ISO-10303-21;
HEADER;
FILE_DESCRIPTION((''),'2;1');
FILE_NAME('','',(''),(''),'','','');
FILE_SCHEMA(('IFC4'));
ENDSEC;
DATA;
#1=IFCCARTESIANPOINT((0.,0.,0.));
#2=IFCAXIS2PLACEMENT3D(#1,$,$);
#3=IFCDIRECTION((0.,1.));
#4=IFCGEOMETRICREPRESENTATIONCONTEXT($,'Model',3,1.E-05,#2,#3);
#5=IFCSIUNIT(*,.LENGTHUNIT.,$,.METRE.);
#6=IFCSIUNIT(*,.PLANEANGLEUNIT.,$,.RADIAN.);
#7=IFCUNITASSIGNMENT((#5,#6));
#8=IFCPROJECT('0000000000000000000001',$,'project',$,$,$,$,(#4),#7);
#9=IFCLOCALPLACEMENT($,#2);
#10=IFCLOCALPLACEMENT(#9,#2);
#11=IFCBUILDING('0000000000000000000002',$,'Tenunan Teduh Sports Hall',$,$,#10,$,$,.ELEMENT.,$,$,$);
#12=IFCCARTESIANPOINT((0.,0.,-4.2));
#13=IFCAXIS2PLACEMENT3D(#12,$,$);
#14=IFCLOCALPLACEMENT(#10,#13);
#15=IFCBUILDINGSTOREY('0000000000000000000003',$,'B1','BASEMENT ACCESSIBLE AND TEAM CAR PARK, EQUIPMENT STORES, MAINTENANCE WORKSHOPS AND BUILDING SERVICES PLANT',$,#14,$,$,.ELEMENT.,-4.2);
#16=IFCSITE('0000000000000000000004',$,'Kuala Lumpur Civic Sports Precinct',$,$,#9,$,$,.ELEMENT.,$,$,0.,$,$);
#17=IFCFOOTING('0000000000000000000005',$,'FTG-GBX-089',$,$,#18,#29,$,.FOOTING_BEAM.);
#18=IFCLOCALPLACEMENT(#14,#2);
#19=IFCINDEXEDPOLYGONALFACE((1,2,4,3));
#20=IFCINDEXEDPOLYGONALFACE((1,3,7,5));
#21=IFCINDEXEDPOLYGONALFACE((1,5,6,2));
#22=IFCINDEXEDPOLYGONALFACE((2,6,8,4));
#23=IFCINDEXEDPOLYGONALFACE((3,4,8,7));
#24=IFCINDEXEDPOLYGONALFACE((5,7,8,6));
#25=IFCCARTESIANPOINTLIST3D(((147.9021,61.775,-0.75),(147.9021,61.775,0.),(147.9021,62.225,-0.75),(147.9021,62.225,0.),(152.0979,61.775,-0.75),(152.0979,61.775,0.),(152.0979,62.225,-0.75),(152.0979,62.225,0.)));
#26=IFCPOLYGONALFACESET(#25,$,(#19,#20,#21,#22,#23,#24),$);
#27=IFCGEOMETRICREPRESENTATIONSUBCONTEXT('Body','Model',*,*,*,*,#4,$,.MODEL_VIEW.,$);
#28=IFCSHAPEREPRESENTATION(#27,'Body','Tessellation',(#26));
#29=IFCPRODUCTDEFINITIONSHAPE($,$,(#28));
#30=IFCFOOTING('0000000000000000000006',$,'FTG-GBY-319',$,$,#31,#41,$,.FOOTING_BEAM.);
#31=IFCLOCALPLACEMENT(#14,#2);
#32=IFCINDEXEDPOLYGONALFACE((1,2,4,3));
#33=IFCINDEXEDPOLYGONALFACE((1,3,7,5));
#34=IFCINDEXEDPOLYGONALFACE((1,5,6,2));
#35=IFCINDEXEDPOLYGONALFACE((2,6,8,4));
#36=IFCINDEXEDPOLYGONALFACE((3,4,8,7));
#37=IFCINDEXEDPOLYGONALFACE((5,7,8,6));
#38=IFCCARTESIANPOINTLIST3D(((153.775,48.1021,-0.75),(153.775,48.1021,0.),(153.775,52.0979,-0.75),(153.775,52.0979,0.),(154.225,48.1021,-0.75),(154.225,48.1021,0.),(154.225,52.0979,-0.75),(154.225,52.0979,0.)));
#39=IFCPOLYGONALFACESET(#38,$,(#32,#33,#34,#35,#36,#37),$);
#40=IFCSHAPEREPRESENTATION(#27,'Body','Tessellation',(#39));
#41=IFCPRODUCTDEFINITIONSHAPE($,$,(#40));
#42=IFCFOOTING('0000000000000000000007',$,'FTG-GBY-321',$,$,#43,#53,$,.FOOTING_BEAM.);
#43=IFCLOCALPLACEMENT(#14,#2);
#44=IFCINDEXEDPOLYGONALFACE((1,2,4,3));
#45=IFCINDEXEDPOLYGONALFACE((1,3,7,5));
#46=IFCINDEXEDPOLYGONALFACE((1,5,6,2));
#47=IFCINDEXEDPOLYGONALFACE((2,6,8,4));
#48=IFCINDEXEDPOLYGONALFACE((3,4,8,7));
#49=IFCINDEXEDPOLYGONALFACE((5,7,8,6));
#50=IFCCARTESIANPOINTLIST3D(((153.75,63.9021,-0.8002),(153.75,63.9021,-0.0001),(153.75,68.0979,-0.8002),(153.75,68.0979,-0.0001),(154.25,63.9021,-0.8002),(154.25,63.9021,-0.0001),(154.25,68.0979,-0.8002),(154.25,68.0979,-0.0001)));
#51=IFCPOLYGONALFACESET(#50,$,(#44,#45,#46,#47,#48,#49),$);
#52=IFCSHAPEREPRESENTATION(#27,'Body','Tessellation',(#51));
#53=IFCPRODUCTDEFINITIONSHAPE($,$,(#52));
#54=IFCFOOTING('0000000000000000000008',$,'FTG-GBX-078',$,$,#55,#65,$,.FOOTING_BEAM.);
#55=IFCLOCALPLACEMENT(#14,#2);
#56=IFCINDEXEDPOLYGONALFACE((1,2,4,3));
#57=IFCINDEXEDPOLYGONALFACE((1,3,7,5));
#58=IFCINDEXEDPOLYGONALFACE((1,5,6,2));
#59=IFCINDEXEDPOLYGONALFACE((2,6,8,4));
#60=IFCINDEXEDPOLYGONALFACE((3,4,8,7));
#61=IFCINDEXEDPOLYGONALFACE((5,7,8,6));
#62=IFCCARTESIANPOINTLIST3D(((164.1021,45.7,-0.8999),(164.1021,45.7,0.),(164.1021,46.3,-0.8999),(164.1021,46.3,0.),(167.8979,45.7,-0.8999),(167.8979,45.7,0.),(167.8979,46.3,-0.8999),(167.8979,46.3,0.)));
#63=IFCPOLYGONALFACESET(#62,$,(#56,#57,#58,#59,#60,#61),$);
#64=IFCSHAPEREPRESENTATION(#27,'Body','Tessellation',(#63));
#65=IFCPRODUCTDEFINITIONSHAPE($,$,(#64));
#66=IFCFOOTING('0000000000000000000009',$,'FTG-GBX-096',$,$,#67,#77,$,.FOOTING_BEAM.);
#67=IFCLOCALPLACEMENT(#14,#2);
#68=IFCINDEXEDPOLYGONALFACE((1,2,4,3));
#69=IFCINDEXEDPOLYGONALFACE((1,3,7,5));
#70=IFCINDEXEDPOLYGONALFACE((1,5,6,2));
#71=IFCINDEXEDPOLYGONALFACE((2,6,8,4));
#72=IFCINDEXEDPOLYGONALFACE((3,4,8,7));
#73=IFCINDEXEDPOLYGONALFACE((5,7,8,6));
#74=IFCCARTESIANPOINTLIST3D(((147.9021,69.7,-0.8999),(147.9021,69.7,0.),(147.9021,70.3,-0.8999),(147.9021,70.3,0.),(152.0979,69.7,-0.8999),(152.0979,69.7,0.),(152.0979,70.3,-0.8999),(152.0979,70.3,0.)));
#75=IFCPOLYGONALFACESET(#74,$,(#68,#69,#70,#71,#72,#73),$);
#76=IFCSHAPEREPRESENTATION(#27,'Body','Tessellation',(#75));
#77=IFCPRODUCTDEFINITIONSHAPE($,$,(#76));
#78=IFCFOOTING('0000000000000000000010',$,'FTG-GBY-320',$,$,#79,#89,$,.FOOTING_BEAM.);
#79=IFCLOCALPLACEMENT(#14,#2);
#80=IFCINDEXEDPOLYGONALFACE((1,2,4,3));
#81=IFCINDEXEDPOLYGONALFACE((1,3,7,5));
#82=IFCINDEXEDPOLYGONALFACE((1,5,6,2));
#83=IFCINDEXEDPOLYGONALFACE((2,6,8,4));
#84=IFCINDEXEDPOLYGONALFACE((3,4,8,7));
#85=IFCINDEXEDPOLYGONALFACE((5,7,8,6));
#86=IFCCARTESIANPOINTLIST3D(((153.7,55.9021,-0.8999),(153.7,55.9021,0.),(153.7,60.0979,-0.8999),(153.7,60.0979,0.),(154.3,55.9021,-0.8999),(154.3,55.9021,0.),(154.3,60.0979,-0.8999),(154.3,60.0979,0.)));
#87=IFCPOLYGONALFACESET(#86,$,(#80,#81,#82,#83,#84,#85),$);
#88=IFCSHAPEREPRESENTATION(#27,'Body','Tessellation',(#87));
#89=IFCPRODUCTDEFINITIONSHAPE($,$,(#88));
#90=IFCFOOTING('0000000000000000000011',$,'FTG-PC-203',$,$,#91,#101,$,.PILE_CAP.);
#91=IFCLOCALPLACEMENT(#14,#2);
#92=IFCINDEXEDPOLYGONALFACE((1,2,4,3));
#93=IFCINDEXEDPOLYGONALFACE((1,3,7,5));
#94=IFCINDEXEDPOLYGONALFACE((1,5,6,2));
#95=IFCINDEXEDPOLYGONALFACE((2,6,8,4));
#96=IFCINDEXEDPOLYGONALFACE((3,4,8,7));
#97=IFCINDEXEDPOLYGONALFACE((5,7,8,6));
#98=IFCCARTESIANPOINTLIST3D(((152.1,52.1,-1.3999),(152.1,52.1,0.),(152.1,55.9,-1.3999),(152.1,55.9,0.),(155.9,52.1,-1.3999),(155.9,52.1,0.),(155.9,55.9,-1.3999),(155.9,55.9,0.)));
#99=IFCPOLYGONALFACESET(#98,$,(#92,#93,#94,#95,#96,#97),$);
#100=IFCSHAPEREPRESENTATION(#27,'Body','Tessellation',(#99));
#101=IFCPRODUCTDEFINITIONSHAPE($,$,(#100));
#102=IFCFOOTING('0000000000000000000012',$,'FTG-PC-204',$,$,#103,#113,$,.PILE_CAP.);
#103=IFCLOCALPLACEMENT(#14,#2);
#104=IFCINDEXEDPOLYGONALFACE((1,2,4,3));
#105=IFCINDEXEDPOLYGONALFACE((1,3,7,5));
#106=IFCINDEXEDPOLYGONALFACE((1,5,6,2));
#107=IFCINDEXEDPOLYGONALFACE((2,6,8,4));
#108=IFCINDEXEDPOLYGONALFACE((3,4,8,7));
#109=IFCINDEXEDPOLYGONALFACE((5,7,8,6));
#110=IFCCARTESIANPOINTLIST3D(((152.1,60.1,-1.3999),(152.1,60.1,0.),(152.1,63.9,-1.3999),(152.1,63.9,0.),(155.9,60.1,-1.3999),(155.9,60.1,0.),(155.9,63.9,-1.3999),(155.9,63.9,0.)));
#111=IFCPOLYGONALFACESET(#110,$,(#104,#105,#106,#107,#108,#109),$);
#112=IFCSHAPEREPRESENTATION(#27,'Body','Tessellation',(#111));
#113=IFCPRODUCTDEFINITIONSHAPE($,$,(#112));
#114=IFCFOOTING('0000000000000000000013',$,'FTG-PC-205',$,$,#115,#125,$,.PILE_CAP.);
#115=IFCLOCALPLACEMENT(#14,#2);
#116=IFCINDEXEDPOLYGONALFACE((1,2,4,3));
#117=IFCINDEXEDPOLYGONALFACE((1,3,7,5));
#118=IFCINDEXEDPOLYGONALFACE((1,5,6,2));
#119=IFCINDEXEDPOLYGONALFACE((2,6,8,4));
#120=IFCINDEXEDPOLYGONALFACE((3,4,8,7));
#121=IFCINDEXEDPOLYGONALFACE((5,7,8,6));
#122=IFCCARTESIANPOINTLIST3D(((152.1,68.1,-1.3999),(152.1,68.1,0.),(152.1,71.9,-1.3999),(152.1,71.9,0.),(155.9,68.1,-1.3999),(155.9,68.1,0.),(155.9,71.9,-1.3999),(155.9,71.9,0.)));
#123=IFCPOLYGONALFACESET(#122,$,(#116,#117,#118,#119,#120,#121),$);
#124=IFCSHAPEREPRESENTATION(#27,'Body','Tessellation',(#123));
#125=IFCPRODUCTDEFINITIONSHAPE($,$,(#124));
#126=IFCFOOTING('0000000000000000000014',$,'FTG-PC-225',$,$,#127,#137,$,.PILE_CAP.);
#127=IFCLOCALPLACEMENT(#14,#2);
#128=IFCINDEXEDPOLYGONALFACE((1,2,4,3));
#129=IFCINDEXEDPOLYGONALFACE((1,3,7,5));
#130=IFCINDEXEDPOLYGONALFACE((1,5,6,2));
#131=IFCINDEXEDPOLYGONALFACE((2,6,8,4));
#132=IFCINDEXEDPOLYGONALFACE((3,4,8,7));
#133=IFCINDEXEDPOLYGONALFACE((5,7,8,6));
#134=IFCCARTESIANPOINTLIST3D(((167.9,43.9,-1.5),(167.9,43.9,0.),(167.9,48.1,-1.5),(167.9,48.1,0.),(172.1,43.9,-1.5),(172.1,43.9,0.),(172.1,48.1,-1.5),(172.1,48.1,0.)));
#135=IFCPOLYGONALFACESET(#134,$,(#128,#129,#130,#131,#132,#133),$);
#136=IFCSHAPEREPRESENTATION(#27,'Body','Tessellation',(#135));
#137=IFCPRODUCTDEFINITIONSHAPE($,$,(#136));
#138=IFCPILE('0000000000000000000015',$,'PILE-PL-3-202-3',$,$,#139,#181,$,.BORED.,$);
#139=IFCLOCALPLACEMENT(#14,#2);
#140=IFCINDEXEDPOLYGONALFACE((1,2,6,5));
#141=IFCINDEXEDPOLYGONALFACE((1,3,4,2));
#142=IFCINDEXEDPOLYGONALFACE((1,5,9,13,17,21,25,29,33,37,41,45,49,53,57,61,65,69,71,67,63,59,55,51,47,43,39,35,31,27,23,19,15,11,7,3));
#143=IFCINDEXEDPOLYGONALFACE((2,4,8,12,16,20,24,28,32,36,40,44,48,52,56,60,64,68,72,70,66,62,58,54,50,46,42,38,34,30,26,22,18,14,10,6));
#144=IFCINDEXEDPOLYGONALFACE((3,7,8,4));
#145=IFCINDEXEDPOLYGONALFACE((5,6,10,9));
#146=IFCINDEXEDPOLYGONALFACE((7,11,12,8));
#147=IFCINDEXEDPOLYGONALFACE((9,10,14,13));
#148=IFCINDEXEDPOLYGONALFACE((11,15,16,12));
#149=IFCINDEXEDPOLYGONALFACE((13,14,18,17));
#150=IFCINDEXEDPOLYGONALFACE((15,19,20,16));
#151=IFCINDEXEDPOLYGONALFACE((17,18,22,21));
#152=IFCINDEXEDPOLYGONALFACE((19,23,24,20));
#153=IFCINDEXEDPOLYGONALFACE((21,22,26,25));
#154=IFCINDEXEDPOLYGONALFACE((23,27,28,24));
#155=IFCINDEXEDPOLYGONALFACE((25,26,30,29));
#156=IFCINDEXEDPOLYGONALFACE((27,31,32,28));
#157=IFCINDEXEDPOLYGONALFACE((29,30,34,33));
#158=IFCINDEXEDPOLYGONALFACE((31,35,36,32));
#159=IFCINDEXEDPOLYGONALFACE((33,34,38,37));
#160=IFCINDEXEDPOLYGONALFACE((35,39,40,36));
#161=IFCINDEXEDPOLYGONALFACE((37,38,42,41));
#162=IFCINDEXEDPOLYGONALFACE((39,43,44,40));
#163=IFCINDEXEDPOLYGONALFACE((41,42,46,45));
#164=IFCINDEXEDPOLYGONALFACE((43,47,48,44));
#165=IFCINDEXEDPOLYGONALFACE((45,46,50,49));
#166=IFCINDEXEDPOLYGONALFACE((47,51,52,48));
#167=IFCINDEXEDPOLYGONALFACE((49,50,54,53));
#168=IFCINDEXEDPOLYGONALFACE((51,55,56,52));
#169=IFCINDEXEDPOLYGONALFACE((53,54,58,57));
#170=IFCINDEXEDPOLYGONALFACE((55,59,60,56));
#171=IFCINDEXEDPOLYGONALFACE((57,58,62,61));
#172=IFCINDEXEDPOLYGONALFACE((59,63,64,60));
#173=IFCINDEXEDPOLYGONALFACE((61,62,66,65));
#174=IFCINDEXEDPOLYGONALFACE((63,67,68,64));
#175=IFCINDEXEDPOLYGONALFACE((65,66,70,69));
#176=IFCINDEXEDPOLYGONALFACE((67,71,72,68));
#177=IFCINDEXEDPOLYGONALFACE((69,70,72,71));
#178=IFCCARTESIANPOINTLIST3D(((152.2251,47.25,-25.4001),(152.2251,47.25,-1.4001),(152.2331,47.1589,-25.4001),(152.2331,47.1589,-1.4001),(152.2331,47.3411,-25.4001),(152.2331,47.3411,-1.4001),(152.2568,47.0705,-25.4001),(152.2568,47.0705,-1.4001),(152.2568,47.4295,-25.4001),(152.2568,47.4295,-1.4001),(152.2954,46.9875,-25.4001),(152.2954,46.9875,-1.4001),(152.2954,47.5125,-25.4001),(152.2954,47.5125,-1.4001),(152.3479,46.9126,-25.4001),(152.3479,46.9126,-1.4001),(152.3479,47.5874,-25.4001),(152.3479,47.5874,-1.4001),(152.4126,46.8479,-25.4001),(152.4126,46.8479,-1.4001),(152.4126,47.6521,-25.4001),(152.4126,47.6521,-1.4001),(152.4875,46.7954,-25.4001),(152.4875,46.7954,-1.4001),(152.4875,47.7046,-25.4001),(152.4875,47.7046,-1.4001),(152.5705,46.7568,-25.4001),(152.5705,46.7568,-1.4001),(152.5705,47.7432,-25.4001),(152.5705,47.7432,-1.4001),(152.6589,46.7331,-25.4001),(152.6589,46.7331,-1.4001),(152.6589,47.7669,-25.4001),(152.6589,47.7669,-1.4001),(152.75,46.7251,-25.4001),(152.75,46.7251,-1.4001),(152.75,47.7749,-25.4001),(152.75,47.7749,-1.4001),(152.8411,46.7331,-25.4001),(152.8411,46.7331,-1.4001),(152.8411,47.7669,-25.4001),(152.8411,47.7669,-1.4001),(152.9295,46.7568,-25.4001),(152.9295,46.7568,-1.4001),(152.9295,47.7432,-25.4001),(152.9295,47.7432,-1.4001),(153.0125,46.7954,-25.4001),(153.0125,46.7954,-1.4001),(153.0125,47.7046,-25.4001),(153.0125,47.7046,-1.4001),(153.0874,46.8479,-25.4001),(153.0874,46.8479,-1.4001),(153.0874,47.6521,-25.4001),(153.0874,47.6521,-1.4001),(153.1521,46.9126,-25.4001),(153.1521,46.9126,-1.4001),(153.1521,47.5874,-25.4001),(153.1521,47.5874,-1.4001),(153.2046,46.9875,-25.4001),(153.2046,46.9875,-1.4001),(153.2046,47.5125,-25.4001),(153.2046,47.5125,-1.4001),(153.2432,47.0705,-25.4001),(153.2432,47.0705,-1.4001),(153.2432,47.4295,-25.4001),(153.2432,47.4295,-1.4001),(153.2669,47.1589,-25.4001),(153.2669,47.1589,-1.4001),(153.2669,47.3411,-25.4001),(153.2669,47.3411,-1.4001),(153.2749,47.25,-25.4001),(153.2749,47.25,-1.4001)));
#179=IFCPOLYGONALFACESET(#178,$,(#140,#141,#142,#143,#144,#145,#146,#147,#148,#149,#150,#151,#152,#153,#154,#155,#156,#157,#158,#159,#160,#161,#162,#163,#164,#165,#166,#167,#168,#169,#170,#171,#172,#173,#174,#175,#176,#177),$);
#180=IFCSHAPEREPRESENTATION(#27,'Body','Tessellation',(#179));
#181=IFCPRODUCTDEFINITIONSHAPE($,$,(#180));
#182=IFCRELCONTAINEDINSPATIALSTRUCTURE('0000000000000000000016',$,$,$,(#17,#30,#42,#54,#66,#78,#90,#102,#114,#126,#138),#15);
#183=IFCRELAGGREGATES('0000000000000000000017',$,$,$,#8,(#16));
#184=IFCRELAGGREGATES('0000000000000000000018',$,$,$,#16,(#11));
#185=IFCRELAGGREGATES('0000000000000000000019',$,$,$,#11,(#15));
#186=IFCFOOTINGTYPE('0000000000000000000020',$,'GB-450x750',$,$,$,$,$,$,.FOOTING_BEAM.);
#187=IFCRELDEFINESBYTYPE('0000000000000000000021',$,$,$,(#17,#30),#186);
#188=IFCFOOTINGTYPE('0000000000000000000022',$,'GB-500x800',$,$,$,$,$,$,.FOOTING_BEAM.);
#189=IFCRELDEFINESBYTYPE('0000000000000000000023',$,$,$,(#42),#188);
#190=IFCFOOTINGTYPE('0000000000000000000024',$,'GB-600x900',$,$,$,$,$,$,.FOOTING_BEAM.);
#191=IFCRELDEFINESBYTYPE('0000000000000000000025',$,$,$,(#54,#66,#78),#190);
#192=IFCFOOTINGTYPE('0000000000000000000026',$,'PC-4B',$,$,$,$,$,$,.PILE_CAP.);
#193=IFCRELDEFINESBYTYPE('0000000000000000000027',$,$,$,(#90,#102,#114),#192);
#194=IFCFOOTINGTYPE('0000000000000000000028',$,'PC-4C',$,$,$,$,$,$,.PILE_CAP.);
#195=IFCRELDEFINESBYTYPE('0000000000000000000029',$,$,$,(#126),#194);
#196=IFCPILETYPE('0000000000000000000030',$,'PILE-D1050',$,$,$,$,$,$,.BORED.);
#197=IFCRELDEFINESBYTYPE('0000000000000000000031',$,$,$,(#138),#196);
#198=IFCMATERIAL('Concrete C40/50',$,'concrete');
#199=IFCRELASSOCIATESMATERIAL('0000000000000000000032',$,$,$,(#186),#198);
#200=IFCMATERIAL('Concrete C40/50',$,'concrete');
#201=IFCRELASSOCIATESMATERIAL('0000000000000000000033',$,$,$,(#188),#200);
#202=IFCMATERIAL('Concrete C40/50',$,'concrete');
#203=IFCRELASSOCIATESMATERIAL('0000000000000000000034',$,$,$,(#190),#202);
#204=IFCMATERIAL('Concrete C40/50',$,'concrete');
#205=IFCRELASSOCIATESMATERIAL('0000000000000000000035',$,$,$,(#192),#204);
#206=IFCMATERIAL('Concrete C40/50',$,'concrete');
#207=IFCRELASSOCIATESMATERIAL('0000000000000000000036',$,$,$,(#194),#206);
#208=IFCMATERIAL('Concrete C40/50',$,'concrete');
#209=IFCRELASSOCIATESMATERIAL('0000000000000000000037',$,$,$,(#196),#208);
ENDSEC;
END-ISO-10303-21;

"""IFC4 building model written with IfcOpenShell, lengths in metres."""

from ifc_helpers import new_model, si_unit, direction, frame, origin, origin_2d, place, context, subcontext, project, spatial, rectangle, circle, extrude, material, material_profile, profile_set, type_object, element, save


model = new_model("IFC4")

# Units and contexts
model_context = context("Model", 3, precision=1e-05, world=origin(), true_north=direction((0.0, 1.0)))
body_context = subcontext(model_context, "Body", "Model", "MODEL_VIEW")
ifc_project = project(units=[si_unit("LENGTHUNIT", "METRE"), si_unit("PLANEANGLEUNIT", "RADIAN")], contexts=[model_context])

# Site, building, storey
site_placement = place(None, origin())
site = spatial("IfcSite", under=ifc_project, at=site_placement, Name="Kuala Lumpur Civic Sports Precinct", CompositionType="ELEMENT", RefElevation=0.0)
building_placement = place(site_placement, origin())
building = spatial("IfcBuilding", under=site, at=building_placement, Name="Tenunan Teduh Sports Hall", CompositionType="ELEMENT")
storey_placement = place(building_placement, frame((0.0, 0.0, -4.2)))
storey = spatial("IfcBuildingStorey", under=building, at=storey_placement, Name="B1", Description="BASEMENT ACCESSIBLE AND TEAM CAR PARK, EQUIPMENT STORES, MAINTENANCE WORKSHOPS AND BUILDING SERVICES PLANT", CompositionType="ELEMENT", Elevation=-4.2)

# Footings
ifc_material_1 = material(Name="Concrete C40/50", Category="concrete")
ifc_material_profile_1 = material_profile(ifc_material_1, rectangle(XDim=0.45, YDim=0.75, at=origin_2d()), Name="RCB 450x750")
ifc_profile_set_1 = profile_set([ifc_material_profile_1], Name="Concrete C40/50")
footing_type_1 = type_object("IfcFootingType", Name="GB-450x750", PredefinedType="FOOTING_BEAM", material=ifc_profile_set_1)
footing_1_placement = place(storey_placement, frame((147.9021, 62.0, -0.375), z_axis=(1.0, 0.0, 0.0), x_axis=(0.0, 1.0, 0.0)))
element("IfcFooting", 1, at=footing_1_placement, inside=storey, type_object=footing_type_1, Name="FTG-GBX-089", PredefinedType="FOOTING_BEAM", context=body_context, shape_type="SweptSolid", body=[
    extrude(rectangle(XDim=0.45, YDim=0.75, at=origin_2d()), origin(), (0.0, 0.0, 1.0), 4.1958),
])
footing_2_placement = place(storey_placement, frame((154.0, 48.1021, -0.375), z_axis=(0.0, 1.0, 0.0), x_axis=(-1.0, 0.0, 0.0)))
element("IfcFooting", 2, at=footing_2_placement, inside=storey, type_object=footing_type_1, Name="FTG-GBY-319", PredefinedType="FOOTING_BEAM", context=body_context, shape_type="SweptSolid", body=[
    extrude(rectangle(XDim=0.45, YDim=0.75, at=origin_2d()), origin(), (0.0, 0.0, 1.0), 3.9958),
])
ifc_material_2 = material(Name="Concrete C40/50", Category="concrete")
ifc_material_profile_2 = material_profile(ifc_material_2, rectangle(XDim=0.5, YDim=0.8, at=origin_2d()), Name="RCB 500x800")
ifc_profile_set_2 = profile_set([ifc_material_profile_2], Name="Concrete C40/50")
footing_type_2 = type_object("IfcFootingType", Name="GB-500x800", PredefinedType="FOOTING_BEAM", material=ifc_profile_set_2)
footing_3_placement = place(storey_placement, frame((154.0, 63.9021, -0.4001), z_axis=(0.0, 1.0, 0.0), x_axis=(-1.0, 0.0, 0.0)))
element("IfcFooting", 3, at=footing_3_placement, inside=storey, type_object=footing_type_2, Name="FTG-GBY-321", PredefinedType="FOOTING_BEAM", context=body_context, shape_type="SweptSolid", body=[
    extrude(rectangle(XDim=0.5, YDim=0.8, at=origin_2d()), origin(), (0.0, 0.0, 1.0), 4.1958),
])
ifc_material_3 = material(Name="Concrete C40/50", Category="concrete")
ifc_material_profile_3 = material_profile(ifc_material_3, rectangle(XDim=0.6001, YDim=0.8999, at=origin_2d()), Name="RCB 600x900")
ifc_profile_set_3 = profile_set([ifc_material_profile_3], Name="Concrete C40/50")
footing_type_3 = type_object("IfcFootingType", Name="GB-600x900", PredefinedType="FOOTING_BEAM", material=ifc_profile_set_3)
footing_4_placement = place(storey_placement, frame((164.1021, 46.0, -0.45), z_axis=(1.0, 0.0, 0.0), x_axis=(0.0, 1.0, 0.0)))
element("IfcFooting", 4, at=footing_4_placement, inside=storey, type_object=footing_type_3, Name="FTG-GBX-078", PredefinedType="FOOTING_BEAM", context=body_context, shape_type="SweptSolid", body=[
    extrude(rectangle(XDim=0.6001, YDim=0.8999, at=origin_2d()), origin(), (0.0, 0.0, 1.0), 3.7959),
])
for number, where, z_axis, x_axis, name in (
    (5, (147.9021, 70.0, -0.45), (1.0, 0.0, 0.0), (0.0, 1.0, 0.0), "FTG-GBX-096"),
    (6, (154.0, 55.9021, -0.45), (0.0, 1.0, 0.0), (-1.0, 0.0, 0.0), "FTG-GBY-320"),
):
    element("IfcFooting", number, at=place(storey_placement, frame(where, z_axis=z_axis, x_axis=x_axis)), inside=storey, type_object=footing_type_3, Name=name, PredefinedType="FOOTING_BEAM", context=body_context, shape_type="SweptSolid", body=[
        extrude(rectangle(XDim=0.6001, YDim=0.8999, at=origin_2d()), origin(), (0.0, 0.0, 1.0), 4.1958),
    ])
ifc_material_4 = material(Name="Concrete C40/50", Category="concrete")
footing_type_4 = type_object("IfcFootingType", Name="PC-4B", PredefinedType="PILE_CAP", material=ifc_material_4)
for number, where, z_axis, x_axis, name in (
    (7, (154.0, 54.0, -1.3999), (0.0, 0.0, 1.0), (1.0, 0.0, 0.0), "FTG-PC-203"),
    (8, (154.0, 62.0, -1.3999), (0.0, 0.0, 1.0), (1.0, 0.0, 0.0), "FTG-PC-204"),
    (9, (154.0, 70.0, -1.3999), (0.0, 0.0, 1.0), (1.0, 0.0, 0.0), "FTG-PC-205"),
):
    element("IfcFooting", number, at=place(storey_placement, frame(where, z_axis=z_axis, x_axis=x_axis)), inside=storey, type_object=footing_type_4, Name=name, PredefinedType="PILE_CAP", context=body_context, shape_type="SweptSolid", body=[
        extrude(rectangle(XDim=3.8, YDim=3.8, at=origin_2d()), origin(), (0.0, 0.0, 1.0), 1.3999),
    ])
ifc_material_5 = material(Name="Concrete C40/50", Category="concrete")
footing_type_5 = type_object("IfcFootingType", Name="PC-4C", PredefinedType="PILE_CAP", material=ifc_material_5)
footing_5_placement = place(storey_placement, frame((170.0, 46.0, -1.5), z_axis=(0.0, 0.0, 1.0), x_axis=(1.0, 0.0, 0.0)))
element("IfcFooting", 10, at=footing_5_placement, inside=storey, type_object=footing_type_5, Name="FTG-PC-225", PredefinedType="PILE_CAP", context=body_context, shape_type="SweptSolid", body=[
    extrude(rectangle(XDim=4.2, YDim=4.2, at=origin_2d()), origin(), (0.0, 0.0, 1.0), 1.5),
])

# Pile
ifc_material_6 = material(Name="Concrete C40/50", Category="concrete")
ifc_material_profile_4 = material_profile(ifc_material_6, circle(Radius=0.5249, at=origin_2d()), Name="PILE D1050")
ifc_profile_set_4 = profile_set([ifc_material_profile_4], Name="Concrete C40/50")
pile_type_1 = type_object("IfcPileType", Name="PILE-D1050", PredefinedType="BORED", material=ifc_profile_set_4)
for number, where, z_axis, x_axis, name in (
    (11, (152.75, 47.25, -1.4001), (0.0, 0.0, -1.0), (1.0, 0.0, 0.0), "PILE-PL-3-202-3"),
):
    element("IfcPile", number, at=place(storey_placement, frame(where, z_axis=z_axis, x_axis=x_axis)), inside=storey, type_object=pile_type_1, Name=name, PredefinedType="BORED", context=body_context, shape_type="SweptSolid", body=[
        extrude(circle(Radius=0.5249, at=origin_2d()), origin(), (0.0, 0.0, 1.0), 24.0),
    ])

save(model, "model.ifc")
